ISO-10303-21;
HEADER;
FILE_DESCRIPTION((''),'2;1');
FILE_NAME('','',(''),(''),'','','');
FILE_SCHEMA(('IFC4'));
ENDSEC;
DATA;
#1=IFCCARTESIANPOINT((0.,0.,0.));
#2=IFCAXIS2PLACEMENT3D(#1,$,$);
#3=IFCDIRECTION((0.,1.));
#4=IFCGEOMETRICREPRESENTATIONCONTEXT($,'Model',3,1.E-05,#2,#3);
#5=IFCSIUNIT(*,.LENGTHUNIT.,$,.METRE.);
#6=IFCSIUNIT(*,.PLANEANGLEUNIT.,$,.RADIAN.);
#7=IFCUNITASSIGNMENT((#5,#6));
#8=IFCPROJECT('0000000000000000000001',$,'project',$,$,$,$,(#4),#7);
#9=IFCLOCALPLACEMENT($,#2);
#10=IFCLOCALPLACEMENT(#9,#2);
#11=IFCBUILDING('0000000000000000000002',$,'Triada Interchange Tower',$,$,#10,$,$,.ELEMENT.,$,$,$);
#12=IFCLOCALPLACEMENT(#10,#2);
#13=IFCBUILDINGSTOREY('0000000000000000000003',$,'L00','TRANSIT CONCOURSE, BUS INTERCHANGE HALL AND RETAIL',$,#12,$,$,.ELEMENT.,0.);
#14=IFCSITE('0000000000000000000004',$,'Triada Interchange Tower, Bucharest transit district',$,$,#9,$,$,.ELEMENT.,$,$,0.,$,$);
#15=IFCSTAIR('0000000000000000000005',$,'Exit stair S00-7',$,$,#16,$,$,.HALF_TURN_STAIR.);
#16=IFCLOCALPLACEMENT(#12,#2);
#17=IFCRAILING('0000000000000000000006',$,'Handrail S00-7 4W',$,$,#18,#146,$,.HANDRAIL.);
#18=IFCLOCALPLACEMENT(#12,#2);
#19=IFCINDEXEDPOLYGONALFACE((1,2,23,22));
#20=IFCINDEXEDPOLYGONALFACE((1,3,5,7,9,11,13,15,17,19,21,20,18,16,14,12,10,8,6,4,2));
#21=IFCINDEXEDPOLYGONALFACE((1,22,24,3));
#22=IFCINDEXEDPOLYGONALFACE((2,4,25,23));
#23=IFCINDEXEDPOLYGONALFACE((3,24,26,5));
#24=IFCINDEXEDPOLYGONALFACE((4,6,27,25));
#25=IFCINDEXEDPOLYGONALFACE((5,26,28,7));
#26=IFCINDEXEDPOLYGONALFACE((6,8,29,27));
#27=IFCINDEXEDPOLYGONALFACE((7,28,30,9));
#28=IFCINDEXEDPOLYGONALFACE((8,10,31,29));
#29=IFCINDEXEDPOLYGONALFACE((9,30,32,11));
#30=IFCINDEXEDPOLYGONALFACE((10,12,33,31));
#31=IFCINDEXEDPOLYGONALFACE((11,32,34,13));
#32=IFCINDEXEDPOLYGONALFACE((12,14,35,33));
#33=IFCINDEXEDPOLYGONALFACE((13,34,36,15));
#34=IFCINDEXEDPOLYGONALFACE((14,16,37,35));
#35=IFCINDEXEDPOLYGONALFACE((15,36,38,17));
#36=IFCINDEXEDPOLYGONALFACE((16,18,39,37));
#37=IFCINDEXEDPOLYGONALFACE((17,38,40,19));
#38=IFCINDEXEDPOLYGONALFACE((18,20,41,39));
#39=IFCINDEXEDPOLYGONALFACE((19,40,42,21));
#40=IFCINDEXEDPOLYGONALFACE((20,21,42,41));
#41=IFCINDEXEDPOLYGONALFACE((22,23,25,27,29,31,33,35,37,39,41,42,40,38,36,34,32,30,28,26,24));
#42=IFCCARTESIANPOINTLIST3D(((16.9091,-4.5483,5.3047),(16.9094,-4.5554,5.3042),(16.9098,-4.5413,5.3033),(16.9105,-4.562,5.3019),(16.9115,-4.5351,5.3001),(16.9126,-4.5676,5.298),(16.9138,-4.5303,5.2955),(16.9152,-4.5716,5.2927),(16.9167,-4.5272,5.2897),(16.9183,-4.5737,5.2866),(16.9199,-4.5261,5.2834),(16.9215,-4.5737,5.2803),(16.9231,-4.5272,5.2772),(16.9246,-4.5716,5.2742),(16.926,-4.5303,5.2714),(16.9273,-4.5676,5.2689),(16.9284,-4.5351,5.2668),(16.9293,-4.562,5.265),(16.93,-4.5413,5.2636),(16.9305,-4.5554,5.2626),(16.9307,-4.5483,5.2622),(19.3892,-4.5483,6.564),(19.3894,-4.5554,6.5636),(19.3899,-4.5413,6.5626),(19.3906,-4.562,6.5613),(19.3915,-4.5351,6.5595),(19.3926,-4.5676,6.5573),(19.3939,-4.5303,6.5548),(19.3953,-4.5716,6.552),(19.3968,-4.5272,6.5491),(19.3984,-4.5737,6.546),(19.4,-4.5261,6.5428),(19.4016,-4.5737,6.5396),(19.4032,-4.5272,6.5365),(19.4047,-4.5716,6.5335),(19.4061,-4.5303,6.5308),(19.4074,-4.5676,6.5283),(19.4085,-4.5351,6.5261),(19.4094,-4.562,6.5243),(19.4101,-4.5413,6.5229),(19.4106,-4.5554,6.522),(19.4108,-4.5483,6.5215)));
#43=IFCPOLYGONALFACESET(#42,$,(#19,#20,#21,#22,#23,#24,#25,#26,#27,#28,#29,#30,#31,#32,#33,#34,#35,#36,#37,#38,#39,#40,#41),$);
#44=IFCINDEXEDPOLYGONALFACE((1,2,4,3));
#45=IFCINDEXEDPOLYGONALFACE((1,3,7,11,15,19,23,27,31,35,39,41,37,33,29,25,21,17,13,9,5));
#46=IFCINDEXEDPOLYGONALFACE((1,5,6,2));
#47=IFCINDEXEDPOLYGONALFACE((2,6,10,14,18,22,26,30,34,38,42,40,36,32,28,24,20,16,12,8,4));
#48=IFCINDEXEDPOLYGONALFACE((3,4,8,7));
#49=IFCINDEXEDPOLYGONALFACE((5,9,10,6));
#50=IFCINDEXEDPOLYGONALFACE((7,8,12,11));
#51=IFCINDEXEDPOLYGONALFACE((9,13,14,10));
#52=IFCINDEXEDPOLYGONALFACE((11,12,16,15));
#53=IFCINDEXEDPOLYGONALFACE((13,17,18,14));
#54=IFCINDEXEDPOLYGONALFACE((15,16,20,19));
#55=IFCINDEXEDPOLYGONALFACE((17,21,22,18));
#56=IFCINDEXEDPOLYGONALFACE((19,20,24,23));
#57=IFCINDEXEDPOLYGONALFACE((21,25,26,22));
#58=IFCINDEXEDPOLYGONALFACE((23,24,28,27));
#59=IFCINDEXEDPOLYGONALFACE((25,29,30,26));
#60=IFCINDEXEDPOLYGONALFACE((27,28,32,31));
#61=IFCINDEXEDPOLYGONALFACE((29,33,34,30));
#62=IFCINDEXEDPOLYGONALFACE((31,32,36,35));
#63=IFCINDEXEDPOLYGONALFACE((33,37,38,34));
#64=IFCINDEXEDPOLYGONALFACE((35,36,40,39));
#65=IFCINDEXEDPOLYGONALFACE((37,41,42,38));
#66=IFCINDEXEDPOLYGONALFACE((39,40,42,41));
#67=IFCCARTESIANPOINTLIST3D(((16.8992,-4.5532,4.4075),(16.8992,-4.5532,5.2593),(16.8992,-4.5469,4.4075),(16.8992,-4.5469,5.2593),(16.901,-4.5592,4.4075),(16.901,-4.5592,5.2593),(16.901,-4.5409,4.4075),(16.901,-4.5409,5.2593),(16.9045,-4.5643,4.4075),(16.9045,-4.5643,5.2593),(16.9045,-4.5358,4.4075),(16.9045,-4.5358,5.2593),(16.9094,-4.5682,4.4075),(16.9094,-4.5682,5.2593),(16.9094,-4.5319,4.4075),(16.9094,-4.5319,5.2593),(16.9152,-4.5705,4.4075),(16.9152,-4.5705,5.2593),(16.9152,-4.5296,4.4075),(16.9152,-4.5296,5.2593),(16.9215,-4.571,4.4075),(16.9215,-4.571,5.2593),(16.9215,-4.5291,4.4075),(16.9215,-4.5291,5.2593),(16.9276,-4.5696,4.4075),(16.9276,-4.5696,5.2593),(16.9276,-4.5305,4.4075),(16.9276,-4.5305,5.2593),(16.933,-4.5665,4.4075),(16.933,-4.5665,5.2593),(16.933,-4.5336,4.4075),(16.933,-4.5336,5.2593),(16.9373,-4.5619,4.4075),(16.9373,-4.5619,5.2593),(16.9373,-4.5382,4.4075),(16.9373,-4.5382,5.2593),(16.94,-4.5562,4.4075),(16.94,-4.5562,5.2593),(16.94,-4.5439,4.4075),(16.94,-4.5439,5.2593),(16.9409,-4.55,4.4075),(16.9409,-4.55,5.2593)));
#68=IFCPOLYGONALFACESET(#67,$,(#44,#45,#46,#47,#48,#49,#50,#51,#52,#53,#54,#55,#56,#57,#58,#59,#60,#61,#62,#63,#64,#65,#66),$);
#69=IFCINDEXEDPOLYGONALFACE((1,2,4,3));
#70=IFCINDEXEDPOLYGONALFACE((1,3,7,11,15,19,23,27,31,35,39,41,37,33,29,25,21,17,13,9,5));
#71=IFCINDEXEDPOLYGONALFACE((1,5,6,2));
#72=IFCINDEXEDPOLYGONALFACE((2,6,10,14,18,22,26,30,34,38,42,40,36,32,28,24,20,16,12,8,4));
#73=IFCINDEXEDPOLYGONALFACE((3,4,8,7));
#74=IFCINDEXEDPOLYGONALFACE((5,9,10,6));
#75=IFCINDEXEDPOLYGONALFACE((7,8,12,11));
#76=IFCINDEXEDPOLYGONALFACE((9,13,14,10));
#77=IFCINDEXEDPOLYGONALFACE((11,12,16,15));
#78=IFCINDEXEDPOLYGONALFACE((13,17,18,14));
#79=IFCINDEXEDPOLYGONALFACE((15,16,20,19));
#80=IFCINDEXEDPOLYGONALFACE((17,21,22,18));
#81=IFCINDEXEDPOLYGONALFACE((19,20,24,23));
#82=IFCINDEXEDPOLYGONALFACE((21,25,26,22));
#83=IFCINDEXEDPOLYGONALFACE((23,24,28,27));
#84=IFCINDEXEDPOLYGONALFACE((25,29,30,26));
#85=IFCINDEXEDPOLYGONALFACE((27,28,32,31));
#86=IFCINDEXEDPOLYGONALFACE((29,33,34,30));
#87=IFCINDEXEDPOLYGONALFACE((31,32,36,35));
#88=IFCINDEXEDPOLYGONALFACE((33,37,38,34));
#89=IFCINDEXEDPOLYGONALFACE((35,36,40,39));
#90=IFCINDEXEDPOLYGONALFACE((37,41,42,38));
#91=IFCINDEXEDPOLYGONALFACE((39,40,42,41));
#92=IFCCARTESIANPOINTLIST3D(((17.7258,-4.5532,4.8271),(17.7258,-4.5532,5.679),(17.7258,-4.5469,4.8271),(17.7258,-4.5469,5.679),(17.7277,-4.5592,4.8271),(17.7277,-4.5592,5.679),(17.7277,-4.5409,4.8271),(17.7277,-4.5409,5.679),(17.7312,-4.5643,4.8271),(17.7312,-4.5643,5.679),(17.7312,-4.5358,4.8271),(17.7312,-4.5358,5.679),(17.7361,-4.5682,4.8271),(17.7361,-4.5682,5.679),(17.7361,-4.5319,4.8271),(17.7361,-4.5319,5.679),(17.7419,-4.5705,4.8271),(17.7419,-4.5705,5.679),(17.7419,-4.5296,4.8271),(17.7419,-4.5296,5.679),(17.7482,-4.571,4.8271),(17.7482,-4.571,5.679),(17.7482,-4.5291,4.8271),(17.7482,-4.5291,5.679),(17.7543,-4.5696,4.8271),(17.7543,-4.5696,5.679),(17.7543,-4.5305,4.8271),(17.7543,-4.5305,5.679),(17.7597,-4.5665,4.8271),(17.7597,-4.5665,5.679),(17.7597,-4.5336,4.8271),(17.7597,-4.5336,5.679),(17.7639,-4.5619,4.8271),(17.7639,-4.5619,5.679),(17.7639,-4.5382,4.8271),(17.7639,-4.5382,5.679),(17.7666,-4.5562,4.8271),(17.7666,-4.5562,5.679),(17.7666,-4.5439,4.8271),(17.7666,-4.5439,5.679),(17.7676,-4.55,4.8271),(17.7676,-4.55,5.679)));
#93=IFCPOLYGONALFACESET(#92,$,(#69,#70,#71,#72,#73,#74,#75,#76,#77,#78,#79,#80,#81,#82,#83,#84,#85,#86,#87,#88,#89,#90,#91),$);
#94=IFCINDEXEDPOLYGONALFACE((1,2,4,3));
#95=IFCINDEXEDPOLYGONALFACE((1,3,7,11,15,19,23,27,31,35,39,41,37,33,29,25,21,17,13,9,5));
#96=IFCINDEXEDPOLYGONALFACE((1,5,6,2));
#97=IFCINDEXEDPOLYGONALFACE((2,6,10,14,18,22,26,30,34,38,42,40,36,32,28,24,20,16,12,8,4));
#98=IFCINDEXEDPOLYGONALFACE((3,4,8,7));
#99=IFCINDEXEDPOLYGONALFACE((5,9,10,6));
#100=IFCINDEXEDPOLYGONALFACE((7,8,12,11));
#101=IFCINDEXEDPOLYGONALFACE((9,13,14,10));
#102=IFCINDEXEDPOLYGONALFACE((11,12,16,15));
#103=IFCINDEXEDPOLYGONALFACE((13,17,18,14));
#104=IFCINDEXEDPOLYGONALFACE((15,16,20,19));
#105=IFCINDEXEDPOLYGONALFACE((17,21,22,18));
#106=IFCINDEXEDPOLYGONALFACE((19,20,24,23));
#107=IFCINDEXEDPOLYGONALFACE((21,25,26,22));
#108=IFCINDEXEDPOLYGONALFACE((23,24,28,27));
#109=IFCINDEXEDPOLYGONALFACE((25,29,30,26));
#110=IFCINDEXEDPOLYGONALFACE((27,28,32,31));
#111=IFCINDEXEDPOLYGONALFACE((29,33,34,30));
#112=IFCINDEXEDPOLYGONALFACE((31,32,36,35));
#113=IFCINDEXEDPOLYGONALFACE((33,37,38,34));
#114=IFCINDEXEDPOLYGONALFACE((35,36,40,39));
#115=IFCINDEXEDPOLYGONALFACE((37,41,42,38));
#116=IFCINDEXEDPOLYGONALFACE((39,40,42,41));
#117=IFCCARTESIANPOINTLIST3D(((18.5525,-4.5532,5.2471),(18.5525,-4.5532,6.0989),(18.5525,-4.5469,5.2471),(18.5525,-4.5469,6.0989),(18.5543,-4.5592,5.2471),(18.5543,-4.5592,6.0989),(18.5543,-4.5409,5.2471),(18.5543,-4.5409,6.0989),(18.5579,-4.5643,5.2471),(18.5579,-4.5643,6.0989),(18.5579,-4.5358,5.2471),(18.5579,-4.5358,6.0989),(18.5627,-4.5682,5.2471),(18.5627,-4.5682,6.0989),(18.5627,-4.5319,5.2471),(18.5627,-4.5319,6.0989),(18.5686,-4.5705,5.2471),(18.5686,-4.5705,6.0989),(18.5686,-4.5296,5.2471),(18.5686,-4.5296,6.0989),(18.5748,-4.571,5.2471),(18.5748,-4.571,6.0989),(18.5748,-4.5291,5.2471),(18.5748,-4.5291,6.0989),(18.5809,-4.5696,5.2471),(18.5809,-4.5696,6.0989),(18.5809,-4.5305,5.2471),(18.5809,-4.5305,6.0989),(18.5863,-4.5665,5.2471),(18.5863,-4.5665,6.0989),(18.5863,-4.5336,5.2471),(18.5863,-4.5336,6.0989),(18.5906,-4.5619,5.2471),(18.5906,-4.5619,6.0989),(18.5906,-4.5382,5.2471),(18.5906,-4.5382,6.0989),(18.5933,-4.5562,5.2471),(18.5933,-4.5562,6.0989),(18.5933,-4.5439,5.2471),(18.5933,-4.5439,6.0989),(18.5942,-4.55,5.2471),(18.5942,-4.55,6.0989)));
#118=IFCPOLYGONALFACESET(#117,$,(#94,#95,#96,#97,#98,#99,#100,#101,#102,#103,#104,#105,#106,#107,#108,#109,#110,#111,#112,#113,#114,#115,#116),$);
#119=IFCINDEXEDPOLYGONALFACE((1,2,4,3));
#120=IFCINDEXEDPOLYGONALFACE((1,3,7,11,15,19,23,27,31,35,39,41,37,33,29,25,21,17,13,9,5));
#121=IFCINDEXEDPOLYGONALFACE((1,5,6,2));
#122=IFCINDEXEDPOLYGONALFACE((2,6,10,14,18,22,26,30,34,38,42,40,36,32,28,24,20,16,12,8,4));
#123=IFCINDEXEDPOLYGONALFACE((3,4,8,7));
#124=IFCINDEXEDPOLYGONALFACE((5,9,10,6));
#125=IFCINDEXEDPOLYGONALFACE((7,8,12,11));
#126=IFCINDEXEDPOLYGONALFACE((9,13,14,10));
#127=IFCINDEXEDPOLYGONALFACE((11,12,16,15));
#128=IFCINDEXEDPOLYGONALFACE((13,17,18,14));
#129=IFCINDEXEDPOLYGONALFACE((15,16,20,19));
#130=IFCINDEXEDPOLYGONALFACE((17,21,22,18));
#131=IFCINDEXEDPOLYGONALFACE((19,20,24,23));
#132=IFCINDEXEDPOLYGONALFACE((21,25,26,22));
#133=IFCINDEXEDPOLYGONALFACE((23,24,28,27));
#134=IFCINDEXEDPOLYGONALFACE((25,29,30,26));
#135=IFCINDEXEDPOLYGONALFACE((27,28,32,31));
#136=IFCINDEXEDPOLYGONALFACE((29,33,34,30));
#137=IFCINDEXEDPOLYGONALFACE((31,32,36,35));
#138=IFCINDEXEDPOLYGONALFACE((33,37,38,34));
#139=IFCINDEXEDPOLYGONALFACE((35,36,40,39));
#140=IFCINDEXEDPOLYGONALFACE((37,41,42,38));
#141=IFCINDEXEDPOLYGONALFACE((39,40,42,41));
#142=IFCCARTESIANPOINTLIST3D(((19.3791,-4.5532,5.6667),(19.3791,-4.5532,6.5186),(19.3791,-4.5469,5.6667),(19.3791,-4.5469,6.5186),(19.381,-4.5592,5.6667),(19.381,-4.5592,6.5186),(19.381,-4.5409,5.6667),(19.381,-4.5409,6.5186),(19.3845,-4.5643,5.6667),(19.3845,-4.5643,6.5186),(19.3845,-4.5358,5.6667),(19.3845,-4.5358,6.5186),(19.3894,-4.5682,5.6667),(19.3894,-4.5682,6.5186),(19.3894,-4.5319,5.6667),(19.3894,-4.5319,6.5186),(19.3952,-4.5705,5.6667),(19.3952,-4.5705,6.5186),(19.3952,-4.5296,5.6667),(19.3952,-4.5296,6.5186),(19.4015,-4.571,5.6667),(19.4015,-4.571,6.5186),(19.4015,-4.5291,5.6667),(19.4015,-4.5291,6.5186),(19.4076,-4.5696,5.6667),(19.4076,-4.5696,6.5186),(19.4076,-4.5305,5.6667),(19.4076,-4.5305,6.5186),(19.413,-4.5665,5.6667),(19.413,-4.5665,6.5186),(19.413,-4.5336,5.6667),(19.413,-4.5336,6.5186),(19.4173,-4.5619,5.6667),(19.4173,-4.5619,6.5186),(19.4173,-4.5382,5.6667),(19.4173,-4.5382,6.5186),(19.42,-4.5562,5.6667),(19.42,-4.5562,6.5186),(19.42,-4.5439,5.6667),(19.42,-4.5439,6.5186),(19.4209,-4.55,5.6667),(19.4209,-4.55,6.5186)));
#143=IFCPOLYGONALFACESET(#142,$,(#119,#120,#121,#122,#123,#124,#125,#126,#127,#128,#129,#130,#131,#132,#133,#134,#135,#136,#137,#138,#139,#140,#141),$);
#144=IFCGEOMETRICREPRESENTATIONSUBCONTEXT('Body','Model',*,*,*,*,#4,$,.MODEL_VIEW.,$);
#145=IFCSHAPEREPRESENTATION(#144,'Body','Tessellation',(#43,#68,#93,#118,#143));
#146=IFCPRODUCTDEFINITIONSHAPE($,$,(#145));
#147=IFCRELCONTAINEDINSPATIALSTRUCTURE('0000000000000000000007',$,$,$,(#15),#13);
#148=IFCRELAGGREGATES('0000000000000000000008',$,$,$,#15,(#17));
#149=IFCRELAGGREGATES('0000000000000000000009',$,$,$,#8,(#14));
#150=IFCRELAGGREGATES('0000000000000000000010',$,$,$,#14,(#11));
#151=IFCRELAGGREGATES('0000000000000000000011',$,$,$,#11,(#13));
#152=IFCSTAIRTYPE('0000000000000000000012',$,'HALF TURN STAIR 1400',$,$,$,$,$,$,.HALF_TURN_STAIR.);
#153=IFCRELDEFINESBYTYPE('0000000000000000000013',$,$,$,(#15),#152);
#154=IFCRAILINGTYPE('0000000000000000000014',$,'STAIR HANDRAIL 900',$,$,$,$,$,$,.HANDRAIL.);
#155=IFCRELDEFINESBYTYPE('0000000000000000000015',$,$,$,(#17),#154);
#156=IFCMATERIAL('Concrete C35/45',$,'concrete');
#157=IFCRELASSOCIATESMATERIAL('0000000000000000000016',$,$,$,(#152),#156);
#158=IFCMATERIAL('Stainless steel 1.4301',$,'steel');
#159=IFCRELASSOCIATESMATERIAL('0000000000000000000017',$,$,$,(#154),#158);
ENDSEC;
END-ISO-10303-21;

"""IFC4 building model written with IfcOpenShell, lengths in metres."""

from ifc_helpers import new_model, si_unit, direction, frame, origin, origin_2d, place, context, subcontext, project, spatial, circle, extrude, material, type_object, element, aggregate, save


model = new_model("IFC4")

# Units and contexts
model_context = context("Model", 3, precision=1e-05, world=origin(), true_north=direction((0.0, 1.0)))
body_context = subcontext(model_context, "Body", "Model", "MODEL_VIEW")
ifc_project = project(units=[si_unit("LENGTHUNIT", "METRE"), si_unit("PLANEANGLEUNIT", "RADIAN")], contexts=[model_context])

# Site, building, storey
site_placement = place(None, origin())
site = spatial("IfcSite", under=ifc_project, at=site_placement, Name="Triada Interchange Tower, Bucharest transit district", CompositionType="ELEMENT", RefElevation=0.0)
building_placement = place(site_placement, origin())
building = spatial("IfcBuilding", under=site, at=building_placement, Name="Triada Interchange Tower", CompositionType="ELEMENT")
storey_placement = place(building_placement, origin())
storey = spatial("IfcBuildingStorey", under=building, at=storey_placement, Name="L00", Description="TRANSIT CONCOURSE, BUS INTERCHANGE HALL AND RETAIL", CompositionType="ELEMENT", Elevation=0.0)

# Shared definitions
ifc_material_1 = material(Name="Concrete C35/45", Category="concrete")

# Stair, railing
stair_type = type_object("IfcStairType", Name="HALF TURN STAIR 1400", PredefinedType="HALF_TURN_STAIR", material=ifc_material_1)
stair_placement = place(storey_placement, origin())
stair = element("IfcStair", 1, at=stair_placement, inside=storey, type_object=stair_type, Name="Exit stair S00-7", PredefinedType="HALF_TURN_STAIR")
ifc_material_2 = material(Name="Stainless steel 1.4301", Category="steel")
railing_type_1 = type_object("IfcRailingType", Name="STAIR HANDRAIL 900", PredefinedType="HANDRAIL", material=ifc_material_2)
railing_1_placement = place(storey_placement, frame((16.9199, -4.55, 4.4075)))
railing_1 = element("IfcRailing", 2, at=railing_1_placement, type_object=railing_type_1, Name="Handrail S00-7 4W", PredefinedType="HANDRAIL", context=body_context, shape_type="SweptSolid", body=[
    extrude(circle(Radius=0.0239, at=origin_2d()), frame((0.0, 0.0, 0.876), z_axis=(0.891636, 0.0, 0.452752), x_axis=(0.0, 1.0, 0.0)), (0.0, 0.0, 1.0), 2.7815),
    extrude(circle(Radius=0.021, at=origin_2d()), origin(), (0.0, 0.0, 1.0), 0.8518),
    extrude(circle(Radius=0.021, at=origin_2d()), frame((0.8267, 0.0, 0.4197)), (0.0, 0.0, 1.0), 0.8518),
    extrude(circle(Radius=0.021, at=origin_2d()), frame((1.6533, 0.0, 0.8396)), (0.0, 0.0, 1.0), 0.8518),
    extrude(circle(Radius=0.021, at=origin_2d()), frame((2.48, 0.0, 1.2593)), (0.0, 0.0, 1.0), 0.8518),
])
aggregate(stair, [railing_1])

save(model, "model.ifc")
